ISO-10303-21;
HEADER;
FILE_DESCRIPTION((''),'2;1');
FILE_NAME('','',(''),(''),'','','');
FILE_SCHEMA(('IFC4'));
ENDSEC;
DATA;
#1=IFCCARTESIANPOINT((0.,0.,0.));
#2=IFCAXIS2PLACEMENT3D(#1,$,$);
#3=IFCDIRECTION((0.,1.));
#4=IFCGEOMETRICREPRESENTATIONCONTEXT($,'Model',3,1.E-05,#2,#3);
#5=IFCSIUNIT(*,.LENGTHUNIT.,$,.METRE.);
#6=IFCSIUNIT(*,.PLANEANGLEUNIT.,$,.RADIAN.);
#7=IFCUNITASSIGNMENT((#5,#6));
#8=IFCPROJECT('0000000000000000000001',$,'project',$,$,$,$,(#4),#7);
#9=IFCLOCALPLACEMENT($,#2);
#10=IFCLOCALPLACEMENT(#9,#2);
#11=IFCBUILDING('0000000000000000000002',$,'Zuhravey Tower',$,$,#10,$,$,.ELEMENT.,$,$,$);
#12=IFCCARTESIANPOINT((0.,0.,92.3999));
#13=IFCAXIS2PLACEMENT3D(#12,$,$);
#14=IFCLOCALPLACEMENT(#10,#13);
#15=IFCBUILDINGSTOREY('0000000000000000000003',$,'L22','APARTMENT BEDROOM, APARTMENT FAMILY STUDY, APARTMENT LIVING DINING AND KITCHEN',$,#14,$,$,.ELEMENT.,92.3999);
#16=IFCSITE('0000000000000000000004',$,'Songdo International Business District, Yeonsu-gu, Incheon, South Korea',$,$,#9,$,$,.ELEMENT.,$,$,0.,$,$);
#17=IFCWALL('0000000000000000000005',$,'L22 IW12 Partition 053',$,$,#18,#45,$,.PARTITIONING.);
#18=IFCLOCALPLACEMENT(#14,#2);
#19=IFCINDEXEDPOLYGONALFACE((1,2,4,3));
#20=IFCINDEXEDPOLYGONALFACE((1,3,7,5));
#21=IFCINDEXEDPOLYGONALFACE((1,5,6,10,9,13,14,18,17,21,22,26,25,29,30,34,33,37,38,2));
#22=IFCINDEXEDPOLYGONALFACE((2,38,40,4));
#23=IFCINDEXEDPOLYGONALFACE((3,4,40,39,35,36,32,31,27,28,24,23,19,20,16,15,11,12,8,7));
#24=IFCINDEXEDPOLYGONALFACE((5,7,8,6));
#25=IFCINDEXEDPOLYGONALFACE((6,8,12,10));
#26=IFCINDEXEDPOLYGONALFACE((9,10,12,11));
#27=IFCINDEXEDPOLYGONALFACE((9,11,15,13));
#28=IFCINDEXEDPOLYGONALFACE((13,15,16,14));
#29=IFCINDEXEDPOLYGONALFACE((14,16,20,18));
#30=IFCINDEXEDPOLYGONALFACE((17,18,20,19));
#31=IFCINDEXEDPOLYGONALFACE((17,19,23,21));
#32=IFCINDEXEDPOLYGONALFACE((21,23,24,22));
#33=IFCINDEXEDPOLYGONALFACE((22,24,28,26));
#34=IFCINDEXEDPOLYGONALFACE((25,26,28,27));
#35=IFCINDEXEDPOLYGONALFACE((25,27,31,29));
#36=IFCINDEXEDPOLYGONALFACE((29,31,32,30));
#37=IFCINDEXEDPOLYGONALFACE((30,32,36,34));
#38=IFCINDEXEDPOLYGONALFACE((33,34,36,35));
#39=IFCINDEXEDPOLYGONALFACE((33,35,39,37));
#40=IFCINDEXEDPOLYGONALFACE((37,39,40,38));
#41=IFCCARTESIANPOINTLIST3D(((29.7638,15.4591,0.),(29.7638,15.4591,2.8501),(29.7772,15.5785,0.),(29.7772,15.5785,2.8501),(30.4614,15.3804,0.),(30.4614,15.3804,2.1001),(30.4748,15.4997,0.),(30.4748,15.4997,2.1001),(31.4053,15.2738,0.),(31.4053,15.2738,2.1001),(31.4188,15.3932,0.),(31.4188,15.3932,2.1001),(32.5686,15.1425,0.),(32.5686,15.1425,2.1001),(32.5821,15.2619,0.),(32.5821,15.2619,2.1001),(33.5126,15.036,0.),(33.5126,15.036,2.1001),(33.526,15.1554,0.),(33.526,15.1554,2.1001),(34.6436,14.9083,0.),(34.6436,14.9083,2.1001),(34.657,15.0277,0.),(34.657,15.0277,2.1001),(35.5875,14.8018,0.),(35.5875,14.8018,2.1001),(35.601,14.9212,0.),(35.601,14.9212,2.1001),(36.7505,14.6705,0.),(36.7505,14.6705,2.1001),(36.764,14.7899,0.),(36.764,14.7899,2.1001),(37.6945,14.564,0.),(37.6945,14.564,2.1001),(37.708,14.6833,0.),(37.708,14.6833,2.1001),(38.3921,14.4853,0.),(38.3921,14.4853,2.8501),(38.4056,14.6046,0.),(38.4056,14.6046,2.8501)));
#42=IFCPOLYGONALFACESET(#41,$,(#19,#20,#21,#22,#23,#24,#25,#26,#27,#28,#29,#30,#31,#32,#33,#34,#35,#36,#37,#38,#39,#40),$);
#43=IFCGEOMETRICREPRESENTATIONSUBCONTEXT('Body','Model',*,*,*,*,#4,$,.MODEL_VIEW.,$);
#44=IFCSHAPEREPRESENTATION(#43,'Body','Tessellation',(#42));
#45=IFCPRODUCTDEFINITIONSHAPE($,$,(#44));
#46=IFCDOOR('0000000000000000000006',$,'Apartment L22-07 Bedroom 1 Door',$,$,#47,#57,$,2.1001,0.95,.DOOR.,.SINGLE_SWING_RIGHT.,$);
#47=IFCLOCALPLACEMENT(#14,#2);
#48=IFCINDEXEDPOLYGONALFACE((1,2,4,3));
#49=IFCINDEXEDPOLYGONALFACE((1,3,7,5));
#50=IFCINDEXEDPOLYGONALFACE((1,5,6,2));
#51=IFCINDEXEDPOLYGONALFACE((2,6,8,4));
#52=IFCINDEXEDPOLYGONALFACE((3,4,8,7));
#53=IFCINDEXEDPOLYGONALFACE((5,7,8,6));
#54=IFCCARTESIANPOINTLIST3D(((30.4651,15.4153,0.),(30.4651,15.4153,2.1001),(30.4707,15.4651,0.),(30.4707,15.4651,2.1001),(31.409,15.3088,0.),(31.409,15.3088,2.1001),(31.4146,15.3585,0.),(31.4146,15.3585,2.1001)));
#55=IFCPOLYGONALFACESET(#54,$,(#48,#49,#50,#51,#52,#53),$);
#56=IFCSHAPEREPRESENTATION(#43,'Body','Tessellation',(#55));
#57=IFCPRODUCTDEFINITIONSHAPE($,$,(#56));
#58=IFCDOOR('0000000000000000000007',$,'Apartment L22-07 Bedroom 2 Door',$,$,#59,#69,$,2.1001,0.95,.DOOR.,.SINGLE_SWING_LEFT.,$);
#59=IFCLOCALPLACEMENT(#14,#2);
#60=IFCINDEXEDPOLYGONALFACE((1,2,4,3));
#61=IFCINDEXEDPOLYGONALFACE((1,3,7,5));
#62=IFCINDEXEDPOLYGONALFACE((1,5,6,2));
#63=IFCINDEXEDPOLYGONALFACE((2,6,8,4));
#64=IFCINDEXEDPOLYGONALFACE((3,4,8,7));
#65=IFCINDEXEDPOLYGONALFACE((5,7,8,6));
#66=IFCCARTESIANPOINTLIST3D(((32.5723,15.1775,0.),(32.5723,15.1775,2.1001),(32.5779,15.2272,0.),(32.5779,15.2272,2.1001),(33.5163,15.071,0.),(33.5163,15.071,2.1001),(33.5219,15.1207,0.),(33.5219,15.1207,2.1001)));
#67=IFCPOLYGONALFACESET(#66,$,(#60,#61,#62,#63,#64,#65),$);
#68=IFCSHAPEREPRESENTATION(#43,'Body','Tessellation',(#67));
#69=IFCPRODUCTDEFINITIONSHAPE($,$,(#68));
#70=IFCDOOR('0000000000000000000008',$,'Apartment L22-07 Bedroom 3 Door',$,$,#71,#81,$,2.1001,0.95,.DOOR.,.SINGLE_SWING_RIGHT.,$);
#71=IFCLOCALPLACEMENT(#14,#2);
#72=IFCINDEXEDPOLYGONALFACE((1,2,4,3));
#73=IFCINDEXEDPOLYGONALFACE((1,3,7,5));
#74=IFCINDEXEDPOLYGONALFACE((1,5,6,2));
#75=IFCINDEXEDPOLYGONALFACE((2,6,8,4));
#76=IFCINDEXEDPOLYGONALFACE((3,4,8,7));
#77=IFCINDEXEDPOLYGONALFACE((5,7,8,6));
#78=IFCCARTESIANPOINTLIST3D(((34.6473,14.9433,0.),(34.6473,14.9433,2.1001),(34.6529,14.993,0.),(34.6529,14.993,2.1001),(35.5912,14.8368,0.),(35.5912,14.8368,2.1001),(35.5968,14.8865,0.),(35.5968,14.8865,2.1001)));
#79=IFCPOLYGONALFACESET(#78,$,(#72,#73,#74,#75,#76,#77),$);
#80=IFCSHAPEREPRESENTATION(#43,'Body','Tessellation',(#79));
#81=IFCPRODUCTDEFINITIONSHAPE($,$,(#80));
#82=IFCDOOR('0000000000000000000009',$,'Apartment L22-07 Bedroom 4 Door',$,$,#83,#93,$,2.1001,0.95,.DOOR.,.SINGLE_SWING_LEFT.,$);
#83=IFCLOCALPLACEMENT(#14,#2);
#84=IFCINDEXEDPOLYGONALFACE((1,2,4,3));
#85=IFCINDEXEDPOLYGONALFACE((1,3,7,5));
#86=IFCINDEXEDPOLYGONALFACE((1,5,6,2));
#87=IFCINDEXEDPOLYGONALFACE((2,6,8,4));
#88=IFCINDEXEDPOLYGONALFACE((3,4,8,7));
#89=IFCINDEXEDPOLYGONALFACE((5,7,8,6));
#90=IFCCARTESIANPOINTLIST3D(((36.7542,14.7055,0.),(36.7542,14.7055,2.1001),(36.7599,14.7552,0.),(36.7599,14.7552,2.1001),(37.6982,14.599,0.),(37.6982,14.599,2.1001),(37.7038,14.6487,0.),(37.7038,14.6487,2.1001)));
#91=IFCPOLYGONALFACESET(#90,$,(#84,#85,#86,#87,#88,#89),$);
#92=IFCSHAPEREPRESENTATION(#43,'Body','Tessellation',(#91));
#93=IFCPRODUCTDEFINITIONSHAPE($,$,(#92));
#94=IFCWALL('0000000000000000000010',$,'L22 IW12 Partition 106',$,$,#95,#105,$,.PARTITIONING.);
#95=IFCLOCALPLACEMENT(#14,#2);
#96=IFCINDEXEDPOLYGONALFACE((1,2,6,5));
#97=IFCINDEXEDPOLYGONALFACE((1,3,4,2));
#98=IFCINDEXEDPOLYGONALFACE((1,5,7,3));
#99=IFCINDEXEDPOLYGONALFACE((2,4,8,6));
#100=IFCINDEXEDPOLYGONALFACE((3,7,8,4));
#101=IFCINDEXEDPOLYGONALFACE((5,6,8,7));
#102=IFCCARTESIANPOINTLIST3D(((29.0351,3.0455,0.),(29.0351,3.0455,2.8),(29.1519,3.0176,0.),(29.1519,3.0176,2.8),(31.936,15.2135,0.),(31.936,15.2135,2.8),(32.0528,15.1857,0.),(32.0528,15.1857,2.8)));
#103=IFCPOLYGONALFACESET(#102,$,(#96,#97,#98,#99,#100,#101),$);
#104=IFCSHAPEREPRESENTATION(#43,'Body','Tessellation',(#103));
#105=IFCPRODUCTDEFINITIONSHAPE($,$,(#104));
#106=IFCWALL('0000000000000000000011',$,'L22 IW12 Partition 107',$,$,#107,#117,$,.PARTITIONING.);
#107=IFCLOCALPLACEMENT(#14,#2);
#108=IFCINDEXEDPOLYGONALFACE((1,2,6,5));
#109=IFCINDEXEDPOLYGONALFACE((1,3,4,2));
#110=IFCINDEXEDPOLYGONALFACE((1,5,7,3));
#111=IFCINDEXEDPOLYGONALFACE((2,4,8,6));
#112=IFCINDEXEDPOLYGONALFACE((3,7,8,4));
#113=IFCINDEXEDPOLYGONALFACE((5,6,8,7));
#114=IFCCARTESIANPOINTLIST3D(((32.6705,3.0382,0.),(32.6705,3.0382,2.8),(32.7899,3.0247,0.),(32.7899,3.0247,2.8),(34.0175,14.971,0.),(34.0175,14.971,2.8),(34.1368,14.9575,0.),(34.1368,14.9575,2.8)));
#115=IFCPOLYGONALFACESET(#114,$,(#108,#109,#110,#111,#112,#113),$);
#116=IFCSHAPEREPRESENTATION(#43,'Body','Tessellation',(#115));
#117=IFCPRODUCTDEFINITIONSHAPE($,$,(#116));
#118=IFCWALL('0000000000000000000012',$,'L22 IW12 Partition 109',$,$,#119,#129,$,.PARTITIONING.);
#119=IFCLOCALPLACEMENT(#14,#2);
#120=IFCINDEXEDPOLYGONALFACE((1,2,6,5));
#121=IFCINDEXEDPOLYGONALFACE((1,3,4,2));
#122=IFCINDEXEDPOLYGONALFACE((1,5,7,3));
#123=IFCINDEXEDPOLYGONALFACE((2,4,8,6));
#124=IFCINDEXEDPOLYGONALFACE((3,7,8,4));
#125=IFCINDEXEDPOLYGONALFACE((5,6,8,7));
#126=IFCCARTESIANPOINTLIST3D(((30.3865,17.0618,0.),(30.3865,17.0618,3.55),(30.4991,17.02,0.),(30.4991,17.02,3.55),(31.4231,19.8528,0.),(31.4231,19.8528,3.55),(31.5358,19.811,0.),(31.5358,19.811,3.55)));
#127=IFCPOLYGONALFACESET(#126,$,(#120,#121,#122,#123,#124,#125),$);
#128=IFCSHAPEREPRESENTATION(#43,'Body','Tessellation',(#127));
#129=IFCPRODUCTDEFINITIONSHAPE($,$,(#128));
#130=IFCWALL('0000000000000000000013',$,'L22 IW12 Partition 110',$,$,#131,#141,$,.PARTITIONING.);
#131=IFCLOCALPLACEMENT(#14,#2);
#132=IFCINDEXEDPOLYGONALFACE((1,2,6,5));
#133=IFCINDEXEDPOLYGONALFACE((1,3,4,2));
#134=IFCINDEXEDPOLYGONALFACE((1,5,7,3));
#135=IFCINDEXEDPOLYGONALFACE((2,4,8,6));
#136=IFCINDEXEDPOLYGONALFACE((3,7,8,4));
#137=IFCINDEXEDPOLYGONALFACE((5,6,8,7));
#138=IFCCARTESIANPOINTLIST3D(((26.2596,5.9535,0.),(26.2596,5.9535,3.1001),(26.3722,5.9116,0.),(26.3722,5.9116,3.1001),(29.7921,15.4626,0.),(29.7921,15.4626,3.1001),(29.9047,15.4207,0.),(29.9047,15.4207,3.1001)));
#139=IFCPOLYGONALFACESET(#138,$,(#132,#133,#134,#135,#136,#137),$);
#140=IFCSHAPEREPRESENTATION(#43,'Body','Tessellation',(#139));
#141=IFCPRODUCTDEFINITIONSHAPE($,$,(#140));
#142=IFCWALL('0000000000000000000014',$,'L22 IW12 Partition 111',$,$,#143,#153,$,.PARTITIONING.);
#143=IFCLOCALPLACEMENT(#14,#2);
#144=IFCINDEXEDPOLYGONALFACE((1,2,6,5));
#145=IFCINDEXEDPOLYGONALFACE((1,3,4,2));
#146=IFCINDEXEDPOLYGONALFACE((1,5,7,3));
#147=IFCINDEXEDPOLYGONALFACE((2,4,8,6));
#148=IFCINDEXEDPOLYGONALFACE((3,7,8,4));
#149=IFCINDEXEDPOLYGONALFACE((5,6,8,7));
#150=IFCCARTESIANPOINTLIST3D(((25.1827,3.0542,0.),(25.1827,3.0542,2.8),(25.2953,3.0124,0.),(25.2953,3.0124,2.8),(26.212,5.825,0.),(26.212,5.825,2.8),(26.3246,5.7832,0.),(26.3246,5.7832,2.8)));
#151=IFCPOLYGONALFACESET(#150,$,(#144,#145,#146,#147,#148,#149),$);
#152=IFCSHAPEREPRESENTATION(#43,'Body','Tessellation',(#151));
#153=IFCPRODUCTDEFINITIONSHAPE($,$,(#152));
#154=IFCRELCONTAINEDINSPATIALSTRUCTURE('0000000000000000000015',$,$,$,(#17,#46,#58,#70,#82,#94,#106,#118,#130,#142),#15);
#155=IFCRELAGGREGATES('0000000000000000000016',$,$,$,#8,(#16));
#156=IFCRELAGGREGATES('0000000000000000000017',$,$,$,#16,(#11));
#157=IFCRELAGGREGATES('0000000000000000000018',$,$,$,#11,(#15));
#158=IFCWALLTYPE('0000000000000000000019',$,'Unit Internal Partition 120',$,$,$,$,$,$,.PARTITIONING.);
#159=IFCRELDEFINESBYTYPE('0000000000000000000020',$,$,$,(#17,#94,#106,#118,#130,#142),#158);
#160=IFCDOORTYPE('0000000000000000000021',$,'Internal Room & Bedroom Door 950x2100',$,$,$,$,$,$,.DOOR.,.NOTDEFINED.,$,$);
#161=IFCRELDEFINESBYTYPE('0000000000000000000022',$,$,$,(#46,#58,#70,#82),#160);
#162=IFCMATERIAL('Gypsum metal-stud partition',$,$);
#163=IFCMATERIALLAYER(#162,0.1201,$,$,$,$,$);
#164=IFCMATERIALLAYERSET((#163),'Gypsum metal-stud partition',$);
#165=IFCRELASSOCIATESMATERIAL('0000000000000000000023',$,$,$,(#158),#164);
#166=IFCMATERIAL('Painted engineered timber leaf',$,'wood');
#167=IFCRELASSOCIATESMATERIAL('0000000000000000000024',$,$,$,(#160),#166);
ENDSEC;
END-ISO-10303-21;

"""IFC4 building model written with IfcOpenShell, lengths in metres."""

from ifc_helpers import new_model, si_unit, direction, frame, frame_2d, origin, place, context, subcontext, project, spatial, rectangle, extrude, material, layer, layer_set, type_object, element, fill, save


model = new_model("IFC4")

# Units and contexts
model_context = context("Model", 3, precision=1e-05, world=origin(), true_north=direction((0.0, 1.0)))
body_context = subcontext(model_context, "Body", "Model", "MODEL_VIEW")
ifc_project = project(units=[si_unit("LENGTHUNIT", "METRE"), si_unit("PLANEANGLEUNIT", "RADIAN")], contexts=[model_context])

# Site, building, storey
site_placement = place(None, origin())
site = spatial("IfcSite", under=ifc_project, at=site_placement, Name="Songdo International Business District, Yeonsu-gu, Incheon, South Korea", CompositionType="ELEMENT", RefElevation=0.0)
building_placement = place(site_placement, origin())
building = spatial("IfcBuilding", under=site, at=building_placement, Name="Zuhravey Tower", CompositionType="ELEMENT")
storey_placement = place(building_placement, frame((0.0, 0.0, 92.3999)))
storey = spatial("IfcBuildingStorey", under=building, at=storey_placement, Name="L22", Description="APARTMENT BEDROOM, APARTMENT FAMILY STUDY, APARTMENT LIVING DINING AND KITCHEN", CompositionType="ELEMENT", Elevation=92.3999)

# Wall, openings, doors
ifc_material_1 = material(Name="Gypsum metal-stud partition")
ifc_layer_1 = layer(ifc_material_1, 0.1201)
ifc_layer_set_1 = layer_set([ifc_layer_1], Name="Gypsum metal-stud partition")
wall_type_1 = type_object("IfcWallType", Name="Unit Internal Partition 120", PredefinedType="PARTITIONING", material=ifc_layer_set_1)
ifc_material_2 = material(Name="Painted engineered timber leaf", Category="wood")
door_type_1 = type_object("IfcDoorType", Name="Internal Room & Bedroom Door 950x2100", OperationType="NOTDEFINED", PredefinedType="DOOR", material=ifc_material_2)
wall_1_placement = place(storey_placement, frame((29.7705, 15.5188, 0.0), z_axis=(0.0, 0.0, 1.0), x_axis=(0.993691, -0.112156, 0.0)))
wall_1 = element("IfcWall", 1, at=wall_1_placement, inside=storey, type_object=wall_type_1, Name="L22 IW12 Partition 053", PredefinedType="PARTITIONING", context=body_context, shape_type="SweptSolid", body=[
    extrude(rectangle(XDim=8.6831, YDim=0.1201, at=frame_2d((4.3416, 0.0))), origin(), (0.0, 0.0, 1.0), 2.8501),
])
opening_1_placement = place(wall_1_placement, frame((0.7019, 0.0, 0.0)))
opening_1 = element("IfcOpeningElement", 2, at=opening_1_placement, cuts=wall_1, PredefinedType="OPENING", context=body_context, shape_type="SweptSolid", body=[
    extrude(rectangle(XDim=0.95, YDim=2.1001, at=frame_2d((0.4751, 1.05))), frame((0.0, 0.072, 0.0), z_axis=(0.0, -1.0, 0.0), x_axis=(1.0, 0.0, 0.0)), (0.0, 0.0, 1.0), 0.144),
])
opening_2_placement = place(wall_1_placement, frame((2.8225, 0.0, 0.0)))
opening_2 = element("IfcOpeningElement", 3, at=opening_2_placement, cuts=wall_1, PredefinedType="OPENING", context=body_context, shape_type="SweptSolid", body=[
    extrude(rectangle(XDim=0.95, YDim=2.1001, at=frame_2d((0.4751, 1.05))), frame((0.0, 0.072, 0.0), z_axis=(0.0, -1.0, 0.0), x_axis=(1.0, 0.0, 0.0)), (0.0, 0.0, 1.0), 0.144),
])
opening_3_placement = place(wall_1_placement, frame((4.9106, 0.0, 0.0)))
opening_3 = element("IfcOpeningElement", 4, at=opening_3_placement, cuts=wall_1, PredefinedType="OPENING", context=body_context, shape_type="SweptSolid", body=[
    extrude(rectangle(XDim=0.95, YDim=2.1001, at=frame_2d((0.4751, 1.05))), frame((0.0, 0.072, 0.0), z_axis=(0.0, -1.0, 0.0), x_axis=(1.0, 0.0, 0.0)), (0.0, 0.0, 1.0), 0.144),
])
opening_4_placement = place(wall_1_placement, frame((7.031, 0.0, 0.0)))
opening_4 = element("IfcOpeningElement", 5, at=opening_4_placement, cuts=wall_1, PredefinedType="OPENING", context=body_context, shape_type="SweptSolid", body=[
    extrude(rectangle(XDim=0.95, YDim=2.1001, at=frame_2d((0.4751, 1.05))), frame((0.0, 0.072, 0.0), z_axis=(0.0, -1.0, 0.0), x_axis=(1.0, 0.0, 0.0)), (0.0, 0.0, 1.0), 0.144),
])
door_1_placement = place(opening_1_placement, frame((0.95, 0.0, 0.0), z_axis=(0.0, 0.0, 1.0), x_axis=(-1.0, 0.0, 0.0)))
door_1 = element("IfcDoor", 6, at=door_1_placement, inside=storey, type_object=door_type_1, Name="Apartment L22-07 Bedroom 1 Door", OperationType="SINGLE_SWING_RIGHT", OverallHeight=2.1001, OverallWidth=0.95, PredefinedType="DOOR", context=body_context, shape_type="SweptSolid", body=[
    extrude(rectangle(XDim=0.95, YDim=2.1001, at=frame_2d((0.4751, 1.05))), frame((0.0, 0.0249, 0.0), z_axis=(0.0, -1.0, 0.0), x_axis=(1.0, 0.0, 0.0)), (0.0, 0.0, 1.0), 0.05),
])
fill(opening_1, door_1)
door_2_placement = place(opening_2_placement, frame((0.95, 0.0, 0.0), z_axis=(0.0, 0.0, 1.0), x_axis=(-1.0, 0.0, 0.0)))
door_2 = element("IfcDoor", 7, at=door_2_placement, inside=storey, type_object=door_type_1, Name="Apartment L22-07 Bedroom 2 Door", OperationType="SINGLE_SWING_LEFT", OverallHeight=2.1001, OverallWidth=0.95, PredefinedType="DOOR", context=body_context, shape_type="SweptSolid", body=[
    extrude(rectangle(XDim=0.95, YDim=2.1001, at=frame_2d((0.4751, 1.05))), frame((0.0, 0.0249, 0.0), z_axis=(0.0, -1.0, 0.0), x_axis=(1.0, 0.0, 0.0)), (0.0, 0.0, 1.0), 0.05),
])
fill(opening_2, door_2)
door_3_placement = place(opening_3_placement, frame((0.95, 0.0, 0.0), z_axis=(0.0, 0.0, 1.0), x_axis=(-1.0, 0.0, 0.0)))
door_3 = element("IfcDoor", 8, at=door_3_placement, inside=storey, type_object=door_type_1, Name="Apartment L22-07 Bedroom 3 Door", OperationType="SINGLE_SWING_RIGHT", OverallHeight=2.1001, OverallWidth=0.95, PredefinedType="DOOR", context=body_context, shape_type="SweptSolid", body=[
    extrude(rectangle(XDim=0.95, YDim=2.1001, at=frame_2d((0.4751, 1.05))), frame((0.0, 0.0249, 0.0), z_axis=(0.0, -1.0, 0.0), x_axis=(1.0, 0.0, 0.0)), (0.0, 0.0, 1.0), 0.05),
])
fill(opening_3, door_3)
door_4_placement = place(opening_4_placement, frame((0.95, 0.0, 0.0), z_axis=(0.0, 0.0, 1.0), x_axis=(-1.0, 0.0, 0.0)))
door_4 = element("IfcDoor", 9, at=door_4_placement, inside=storey, type_object=door_type_1, Name="Apartment L22-07 Bedroom 4 Door", OperationType="SINGLE_SWING_LEFT", OverallHeight=2.1001, OverallWidth=0.95, PredefinedType="DOOR", context=body_context, shape_type="SweptSolid", body=[
    extrude(rectangle(XDim=0.95, YDim=2.1001, at=frame_2d((0.4751, 1.05))), frame((0.0, 0.0249, 0.0), z_axis=(0.0, -1.0, 0.0), x_axis=(1.0, 0.0, 0.0)), (0.0, 0.0, 1.0), 0.05),
])
fill(opening_4, door_4)

# Walls
wall_2_placement = place(storey_placement, frame((31.9944, 15.1995, 0.0), z_axis=(0.0, 0.0, 1.0), x_axis=(-0.231904, -0.972739, 0.0)))
element("IfcWall", 10, at=wall_2_placement, inside=storey, type_object=wall_type_1, Name="L22 IW12 Partition 106", PredefinedType="PARTITIONING", context=body_context, shape_type="SweptSolid", body=[
    extrude(rectangle(XDim=12.509, YDim=0.1201, at=frame_2d((6.2544, 0.0))), origin(), (0.0, 0.0, 1.0), 2.8),
])
wall_3_placement = place(storey_placement, frame((34.0771, 14.9644, 0.0), z_axis=(0.0, 0.0, 1.0), x_axis=(-0.112163, -0.99369, 0.0)))
element("IfcWall", 11, at=wall_3_placement, inside=storey, type_object=wall_type_1, Name="L22 IW12 Partition 107", PredefinedType="PARTITIONING", context=body_context, shape_type="SweptSolid", body=[
    extrude(rectangle(XDim=12.0085, YDim=0.1201, at=frame_2d((6.0044, 0.0))), origin(), (0.0, 0.0, 1.0), 2.8),
])
wall_4_placement = place(storey_placement, frame((31.4795, 19.832, 0.0), z_axis=(0.0, 0.0, 1.0), x_axis=(-0.348174, -0.93743, 0.0)))
element("IfcWall", 12, at=wall_4_placement, inside=storey, type_object=wall_type_1, Name="L22 IW12 Partition 109", PredefinedType="PARTITIONING", context=body_context, shape_type="SweptSolid", body=[
    extrude(rectangle(XDim=2.9773, YDim=0.1201, at=frame_2d((1.4888, 0.0))), origin(), (0.0, 0.0, 1.0), 3.55),
])
wall_5_placement = place(storey_placement, frame((29.8484, 15.4417, 0.0), z_axis=(0.0, 0.0, 1.0), x_axis=(-0.348234, -0.937408, 0.0)))
element("IfcWall", 13, at=wall_5_placement, inside=storey, type_object=wall_type_1, Name="L22 IW12 Partition 110", PredefinedType="PARTITIONING", context=body_context, shape_type="SweptSolid", body=[
    extrude(rectangle(XDim=10.144, YDim=0.1201, at=frame_2d((5.072, 0.0))), origin(), (0.0, 0.0, 1.0), 3.1001),
])
wall_6_placement = place(storey_placement, frame((26.2683, 5.8042, 0.0), z_axis=(0.0, 0.0, 1.0), x_axis=(-0.348234, -0.937408, 0.0)))
element("IfcWall", 14, at=wall_6_placement, inside=storey, type_object=wall_type_1, Name="L22 IW12 Partition 111", PredefinedType="PARTITIONING", context=body_context, shape_type="SweptSolid", body=[
    extrude(rectangle(XDim=2.9558, YDim=0.1201, at=frame_2d((1.478, 0.0))), origin(), (0.0, 0.0, 1.0), 2.8),
])

save(model, "model.ifc")
